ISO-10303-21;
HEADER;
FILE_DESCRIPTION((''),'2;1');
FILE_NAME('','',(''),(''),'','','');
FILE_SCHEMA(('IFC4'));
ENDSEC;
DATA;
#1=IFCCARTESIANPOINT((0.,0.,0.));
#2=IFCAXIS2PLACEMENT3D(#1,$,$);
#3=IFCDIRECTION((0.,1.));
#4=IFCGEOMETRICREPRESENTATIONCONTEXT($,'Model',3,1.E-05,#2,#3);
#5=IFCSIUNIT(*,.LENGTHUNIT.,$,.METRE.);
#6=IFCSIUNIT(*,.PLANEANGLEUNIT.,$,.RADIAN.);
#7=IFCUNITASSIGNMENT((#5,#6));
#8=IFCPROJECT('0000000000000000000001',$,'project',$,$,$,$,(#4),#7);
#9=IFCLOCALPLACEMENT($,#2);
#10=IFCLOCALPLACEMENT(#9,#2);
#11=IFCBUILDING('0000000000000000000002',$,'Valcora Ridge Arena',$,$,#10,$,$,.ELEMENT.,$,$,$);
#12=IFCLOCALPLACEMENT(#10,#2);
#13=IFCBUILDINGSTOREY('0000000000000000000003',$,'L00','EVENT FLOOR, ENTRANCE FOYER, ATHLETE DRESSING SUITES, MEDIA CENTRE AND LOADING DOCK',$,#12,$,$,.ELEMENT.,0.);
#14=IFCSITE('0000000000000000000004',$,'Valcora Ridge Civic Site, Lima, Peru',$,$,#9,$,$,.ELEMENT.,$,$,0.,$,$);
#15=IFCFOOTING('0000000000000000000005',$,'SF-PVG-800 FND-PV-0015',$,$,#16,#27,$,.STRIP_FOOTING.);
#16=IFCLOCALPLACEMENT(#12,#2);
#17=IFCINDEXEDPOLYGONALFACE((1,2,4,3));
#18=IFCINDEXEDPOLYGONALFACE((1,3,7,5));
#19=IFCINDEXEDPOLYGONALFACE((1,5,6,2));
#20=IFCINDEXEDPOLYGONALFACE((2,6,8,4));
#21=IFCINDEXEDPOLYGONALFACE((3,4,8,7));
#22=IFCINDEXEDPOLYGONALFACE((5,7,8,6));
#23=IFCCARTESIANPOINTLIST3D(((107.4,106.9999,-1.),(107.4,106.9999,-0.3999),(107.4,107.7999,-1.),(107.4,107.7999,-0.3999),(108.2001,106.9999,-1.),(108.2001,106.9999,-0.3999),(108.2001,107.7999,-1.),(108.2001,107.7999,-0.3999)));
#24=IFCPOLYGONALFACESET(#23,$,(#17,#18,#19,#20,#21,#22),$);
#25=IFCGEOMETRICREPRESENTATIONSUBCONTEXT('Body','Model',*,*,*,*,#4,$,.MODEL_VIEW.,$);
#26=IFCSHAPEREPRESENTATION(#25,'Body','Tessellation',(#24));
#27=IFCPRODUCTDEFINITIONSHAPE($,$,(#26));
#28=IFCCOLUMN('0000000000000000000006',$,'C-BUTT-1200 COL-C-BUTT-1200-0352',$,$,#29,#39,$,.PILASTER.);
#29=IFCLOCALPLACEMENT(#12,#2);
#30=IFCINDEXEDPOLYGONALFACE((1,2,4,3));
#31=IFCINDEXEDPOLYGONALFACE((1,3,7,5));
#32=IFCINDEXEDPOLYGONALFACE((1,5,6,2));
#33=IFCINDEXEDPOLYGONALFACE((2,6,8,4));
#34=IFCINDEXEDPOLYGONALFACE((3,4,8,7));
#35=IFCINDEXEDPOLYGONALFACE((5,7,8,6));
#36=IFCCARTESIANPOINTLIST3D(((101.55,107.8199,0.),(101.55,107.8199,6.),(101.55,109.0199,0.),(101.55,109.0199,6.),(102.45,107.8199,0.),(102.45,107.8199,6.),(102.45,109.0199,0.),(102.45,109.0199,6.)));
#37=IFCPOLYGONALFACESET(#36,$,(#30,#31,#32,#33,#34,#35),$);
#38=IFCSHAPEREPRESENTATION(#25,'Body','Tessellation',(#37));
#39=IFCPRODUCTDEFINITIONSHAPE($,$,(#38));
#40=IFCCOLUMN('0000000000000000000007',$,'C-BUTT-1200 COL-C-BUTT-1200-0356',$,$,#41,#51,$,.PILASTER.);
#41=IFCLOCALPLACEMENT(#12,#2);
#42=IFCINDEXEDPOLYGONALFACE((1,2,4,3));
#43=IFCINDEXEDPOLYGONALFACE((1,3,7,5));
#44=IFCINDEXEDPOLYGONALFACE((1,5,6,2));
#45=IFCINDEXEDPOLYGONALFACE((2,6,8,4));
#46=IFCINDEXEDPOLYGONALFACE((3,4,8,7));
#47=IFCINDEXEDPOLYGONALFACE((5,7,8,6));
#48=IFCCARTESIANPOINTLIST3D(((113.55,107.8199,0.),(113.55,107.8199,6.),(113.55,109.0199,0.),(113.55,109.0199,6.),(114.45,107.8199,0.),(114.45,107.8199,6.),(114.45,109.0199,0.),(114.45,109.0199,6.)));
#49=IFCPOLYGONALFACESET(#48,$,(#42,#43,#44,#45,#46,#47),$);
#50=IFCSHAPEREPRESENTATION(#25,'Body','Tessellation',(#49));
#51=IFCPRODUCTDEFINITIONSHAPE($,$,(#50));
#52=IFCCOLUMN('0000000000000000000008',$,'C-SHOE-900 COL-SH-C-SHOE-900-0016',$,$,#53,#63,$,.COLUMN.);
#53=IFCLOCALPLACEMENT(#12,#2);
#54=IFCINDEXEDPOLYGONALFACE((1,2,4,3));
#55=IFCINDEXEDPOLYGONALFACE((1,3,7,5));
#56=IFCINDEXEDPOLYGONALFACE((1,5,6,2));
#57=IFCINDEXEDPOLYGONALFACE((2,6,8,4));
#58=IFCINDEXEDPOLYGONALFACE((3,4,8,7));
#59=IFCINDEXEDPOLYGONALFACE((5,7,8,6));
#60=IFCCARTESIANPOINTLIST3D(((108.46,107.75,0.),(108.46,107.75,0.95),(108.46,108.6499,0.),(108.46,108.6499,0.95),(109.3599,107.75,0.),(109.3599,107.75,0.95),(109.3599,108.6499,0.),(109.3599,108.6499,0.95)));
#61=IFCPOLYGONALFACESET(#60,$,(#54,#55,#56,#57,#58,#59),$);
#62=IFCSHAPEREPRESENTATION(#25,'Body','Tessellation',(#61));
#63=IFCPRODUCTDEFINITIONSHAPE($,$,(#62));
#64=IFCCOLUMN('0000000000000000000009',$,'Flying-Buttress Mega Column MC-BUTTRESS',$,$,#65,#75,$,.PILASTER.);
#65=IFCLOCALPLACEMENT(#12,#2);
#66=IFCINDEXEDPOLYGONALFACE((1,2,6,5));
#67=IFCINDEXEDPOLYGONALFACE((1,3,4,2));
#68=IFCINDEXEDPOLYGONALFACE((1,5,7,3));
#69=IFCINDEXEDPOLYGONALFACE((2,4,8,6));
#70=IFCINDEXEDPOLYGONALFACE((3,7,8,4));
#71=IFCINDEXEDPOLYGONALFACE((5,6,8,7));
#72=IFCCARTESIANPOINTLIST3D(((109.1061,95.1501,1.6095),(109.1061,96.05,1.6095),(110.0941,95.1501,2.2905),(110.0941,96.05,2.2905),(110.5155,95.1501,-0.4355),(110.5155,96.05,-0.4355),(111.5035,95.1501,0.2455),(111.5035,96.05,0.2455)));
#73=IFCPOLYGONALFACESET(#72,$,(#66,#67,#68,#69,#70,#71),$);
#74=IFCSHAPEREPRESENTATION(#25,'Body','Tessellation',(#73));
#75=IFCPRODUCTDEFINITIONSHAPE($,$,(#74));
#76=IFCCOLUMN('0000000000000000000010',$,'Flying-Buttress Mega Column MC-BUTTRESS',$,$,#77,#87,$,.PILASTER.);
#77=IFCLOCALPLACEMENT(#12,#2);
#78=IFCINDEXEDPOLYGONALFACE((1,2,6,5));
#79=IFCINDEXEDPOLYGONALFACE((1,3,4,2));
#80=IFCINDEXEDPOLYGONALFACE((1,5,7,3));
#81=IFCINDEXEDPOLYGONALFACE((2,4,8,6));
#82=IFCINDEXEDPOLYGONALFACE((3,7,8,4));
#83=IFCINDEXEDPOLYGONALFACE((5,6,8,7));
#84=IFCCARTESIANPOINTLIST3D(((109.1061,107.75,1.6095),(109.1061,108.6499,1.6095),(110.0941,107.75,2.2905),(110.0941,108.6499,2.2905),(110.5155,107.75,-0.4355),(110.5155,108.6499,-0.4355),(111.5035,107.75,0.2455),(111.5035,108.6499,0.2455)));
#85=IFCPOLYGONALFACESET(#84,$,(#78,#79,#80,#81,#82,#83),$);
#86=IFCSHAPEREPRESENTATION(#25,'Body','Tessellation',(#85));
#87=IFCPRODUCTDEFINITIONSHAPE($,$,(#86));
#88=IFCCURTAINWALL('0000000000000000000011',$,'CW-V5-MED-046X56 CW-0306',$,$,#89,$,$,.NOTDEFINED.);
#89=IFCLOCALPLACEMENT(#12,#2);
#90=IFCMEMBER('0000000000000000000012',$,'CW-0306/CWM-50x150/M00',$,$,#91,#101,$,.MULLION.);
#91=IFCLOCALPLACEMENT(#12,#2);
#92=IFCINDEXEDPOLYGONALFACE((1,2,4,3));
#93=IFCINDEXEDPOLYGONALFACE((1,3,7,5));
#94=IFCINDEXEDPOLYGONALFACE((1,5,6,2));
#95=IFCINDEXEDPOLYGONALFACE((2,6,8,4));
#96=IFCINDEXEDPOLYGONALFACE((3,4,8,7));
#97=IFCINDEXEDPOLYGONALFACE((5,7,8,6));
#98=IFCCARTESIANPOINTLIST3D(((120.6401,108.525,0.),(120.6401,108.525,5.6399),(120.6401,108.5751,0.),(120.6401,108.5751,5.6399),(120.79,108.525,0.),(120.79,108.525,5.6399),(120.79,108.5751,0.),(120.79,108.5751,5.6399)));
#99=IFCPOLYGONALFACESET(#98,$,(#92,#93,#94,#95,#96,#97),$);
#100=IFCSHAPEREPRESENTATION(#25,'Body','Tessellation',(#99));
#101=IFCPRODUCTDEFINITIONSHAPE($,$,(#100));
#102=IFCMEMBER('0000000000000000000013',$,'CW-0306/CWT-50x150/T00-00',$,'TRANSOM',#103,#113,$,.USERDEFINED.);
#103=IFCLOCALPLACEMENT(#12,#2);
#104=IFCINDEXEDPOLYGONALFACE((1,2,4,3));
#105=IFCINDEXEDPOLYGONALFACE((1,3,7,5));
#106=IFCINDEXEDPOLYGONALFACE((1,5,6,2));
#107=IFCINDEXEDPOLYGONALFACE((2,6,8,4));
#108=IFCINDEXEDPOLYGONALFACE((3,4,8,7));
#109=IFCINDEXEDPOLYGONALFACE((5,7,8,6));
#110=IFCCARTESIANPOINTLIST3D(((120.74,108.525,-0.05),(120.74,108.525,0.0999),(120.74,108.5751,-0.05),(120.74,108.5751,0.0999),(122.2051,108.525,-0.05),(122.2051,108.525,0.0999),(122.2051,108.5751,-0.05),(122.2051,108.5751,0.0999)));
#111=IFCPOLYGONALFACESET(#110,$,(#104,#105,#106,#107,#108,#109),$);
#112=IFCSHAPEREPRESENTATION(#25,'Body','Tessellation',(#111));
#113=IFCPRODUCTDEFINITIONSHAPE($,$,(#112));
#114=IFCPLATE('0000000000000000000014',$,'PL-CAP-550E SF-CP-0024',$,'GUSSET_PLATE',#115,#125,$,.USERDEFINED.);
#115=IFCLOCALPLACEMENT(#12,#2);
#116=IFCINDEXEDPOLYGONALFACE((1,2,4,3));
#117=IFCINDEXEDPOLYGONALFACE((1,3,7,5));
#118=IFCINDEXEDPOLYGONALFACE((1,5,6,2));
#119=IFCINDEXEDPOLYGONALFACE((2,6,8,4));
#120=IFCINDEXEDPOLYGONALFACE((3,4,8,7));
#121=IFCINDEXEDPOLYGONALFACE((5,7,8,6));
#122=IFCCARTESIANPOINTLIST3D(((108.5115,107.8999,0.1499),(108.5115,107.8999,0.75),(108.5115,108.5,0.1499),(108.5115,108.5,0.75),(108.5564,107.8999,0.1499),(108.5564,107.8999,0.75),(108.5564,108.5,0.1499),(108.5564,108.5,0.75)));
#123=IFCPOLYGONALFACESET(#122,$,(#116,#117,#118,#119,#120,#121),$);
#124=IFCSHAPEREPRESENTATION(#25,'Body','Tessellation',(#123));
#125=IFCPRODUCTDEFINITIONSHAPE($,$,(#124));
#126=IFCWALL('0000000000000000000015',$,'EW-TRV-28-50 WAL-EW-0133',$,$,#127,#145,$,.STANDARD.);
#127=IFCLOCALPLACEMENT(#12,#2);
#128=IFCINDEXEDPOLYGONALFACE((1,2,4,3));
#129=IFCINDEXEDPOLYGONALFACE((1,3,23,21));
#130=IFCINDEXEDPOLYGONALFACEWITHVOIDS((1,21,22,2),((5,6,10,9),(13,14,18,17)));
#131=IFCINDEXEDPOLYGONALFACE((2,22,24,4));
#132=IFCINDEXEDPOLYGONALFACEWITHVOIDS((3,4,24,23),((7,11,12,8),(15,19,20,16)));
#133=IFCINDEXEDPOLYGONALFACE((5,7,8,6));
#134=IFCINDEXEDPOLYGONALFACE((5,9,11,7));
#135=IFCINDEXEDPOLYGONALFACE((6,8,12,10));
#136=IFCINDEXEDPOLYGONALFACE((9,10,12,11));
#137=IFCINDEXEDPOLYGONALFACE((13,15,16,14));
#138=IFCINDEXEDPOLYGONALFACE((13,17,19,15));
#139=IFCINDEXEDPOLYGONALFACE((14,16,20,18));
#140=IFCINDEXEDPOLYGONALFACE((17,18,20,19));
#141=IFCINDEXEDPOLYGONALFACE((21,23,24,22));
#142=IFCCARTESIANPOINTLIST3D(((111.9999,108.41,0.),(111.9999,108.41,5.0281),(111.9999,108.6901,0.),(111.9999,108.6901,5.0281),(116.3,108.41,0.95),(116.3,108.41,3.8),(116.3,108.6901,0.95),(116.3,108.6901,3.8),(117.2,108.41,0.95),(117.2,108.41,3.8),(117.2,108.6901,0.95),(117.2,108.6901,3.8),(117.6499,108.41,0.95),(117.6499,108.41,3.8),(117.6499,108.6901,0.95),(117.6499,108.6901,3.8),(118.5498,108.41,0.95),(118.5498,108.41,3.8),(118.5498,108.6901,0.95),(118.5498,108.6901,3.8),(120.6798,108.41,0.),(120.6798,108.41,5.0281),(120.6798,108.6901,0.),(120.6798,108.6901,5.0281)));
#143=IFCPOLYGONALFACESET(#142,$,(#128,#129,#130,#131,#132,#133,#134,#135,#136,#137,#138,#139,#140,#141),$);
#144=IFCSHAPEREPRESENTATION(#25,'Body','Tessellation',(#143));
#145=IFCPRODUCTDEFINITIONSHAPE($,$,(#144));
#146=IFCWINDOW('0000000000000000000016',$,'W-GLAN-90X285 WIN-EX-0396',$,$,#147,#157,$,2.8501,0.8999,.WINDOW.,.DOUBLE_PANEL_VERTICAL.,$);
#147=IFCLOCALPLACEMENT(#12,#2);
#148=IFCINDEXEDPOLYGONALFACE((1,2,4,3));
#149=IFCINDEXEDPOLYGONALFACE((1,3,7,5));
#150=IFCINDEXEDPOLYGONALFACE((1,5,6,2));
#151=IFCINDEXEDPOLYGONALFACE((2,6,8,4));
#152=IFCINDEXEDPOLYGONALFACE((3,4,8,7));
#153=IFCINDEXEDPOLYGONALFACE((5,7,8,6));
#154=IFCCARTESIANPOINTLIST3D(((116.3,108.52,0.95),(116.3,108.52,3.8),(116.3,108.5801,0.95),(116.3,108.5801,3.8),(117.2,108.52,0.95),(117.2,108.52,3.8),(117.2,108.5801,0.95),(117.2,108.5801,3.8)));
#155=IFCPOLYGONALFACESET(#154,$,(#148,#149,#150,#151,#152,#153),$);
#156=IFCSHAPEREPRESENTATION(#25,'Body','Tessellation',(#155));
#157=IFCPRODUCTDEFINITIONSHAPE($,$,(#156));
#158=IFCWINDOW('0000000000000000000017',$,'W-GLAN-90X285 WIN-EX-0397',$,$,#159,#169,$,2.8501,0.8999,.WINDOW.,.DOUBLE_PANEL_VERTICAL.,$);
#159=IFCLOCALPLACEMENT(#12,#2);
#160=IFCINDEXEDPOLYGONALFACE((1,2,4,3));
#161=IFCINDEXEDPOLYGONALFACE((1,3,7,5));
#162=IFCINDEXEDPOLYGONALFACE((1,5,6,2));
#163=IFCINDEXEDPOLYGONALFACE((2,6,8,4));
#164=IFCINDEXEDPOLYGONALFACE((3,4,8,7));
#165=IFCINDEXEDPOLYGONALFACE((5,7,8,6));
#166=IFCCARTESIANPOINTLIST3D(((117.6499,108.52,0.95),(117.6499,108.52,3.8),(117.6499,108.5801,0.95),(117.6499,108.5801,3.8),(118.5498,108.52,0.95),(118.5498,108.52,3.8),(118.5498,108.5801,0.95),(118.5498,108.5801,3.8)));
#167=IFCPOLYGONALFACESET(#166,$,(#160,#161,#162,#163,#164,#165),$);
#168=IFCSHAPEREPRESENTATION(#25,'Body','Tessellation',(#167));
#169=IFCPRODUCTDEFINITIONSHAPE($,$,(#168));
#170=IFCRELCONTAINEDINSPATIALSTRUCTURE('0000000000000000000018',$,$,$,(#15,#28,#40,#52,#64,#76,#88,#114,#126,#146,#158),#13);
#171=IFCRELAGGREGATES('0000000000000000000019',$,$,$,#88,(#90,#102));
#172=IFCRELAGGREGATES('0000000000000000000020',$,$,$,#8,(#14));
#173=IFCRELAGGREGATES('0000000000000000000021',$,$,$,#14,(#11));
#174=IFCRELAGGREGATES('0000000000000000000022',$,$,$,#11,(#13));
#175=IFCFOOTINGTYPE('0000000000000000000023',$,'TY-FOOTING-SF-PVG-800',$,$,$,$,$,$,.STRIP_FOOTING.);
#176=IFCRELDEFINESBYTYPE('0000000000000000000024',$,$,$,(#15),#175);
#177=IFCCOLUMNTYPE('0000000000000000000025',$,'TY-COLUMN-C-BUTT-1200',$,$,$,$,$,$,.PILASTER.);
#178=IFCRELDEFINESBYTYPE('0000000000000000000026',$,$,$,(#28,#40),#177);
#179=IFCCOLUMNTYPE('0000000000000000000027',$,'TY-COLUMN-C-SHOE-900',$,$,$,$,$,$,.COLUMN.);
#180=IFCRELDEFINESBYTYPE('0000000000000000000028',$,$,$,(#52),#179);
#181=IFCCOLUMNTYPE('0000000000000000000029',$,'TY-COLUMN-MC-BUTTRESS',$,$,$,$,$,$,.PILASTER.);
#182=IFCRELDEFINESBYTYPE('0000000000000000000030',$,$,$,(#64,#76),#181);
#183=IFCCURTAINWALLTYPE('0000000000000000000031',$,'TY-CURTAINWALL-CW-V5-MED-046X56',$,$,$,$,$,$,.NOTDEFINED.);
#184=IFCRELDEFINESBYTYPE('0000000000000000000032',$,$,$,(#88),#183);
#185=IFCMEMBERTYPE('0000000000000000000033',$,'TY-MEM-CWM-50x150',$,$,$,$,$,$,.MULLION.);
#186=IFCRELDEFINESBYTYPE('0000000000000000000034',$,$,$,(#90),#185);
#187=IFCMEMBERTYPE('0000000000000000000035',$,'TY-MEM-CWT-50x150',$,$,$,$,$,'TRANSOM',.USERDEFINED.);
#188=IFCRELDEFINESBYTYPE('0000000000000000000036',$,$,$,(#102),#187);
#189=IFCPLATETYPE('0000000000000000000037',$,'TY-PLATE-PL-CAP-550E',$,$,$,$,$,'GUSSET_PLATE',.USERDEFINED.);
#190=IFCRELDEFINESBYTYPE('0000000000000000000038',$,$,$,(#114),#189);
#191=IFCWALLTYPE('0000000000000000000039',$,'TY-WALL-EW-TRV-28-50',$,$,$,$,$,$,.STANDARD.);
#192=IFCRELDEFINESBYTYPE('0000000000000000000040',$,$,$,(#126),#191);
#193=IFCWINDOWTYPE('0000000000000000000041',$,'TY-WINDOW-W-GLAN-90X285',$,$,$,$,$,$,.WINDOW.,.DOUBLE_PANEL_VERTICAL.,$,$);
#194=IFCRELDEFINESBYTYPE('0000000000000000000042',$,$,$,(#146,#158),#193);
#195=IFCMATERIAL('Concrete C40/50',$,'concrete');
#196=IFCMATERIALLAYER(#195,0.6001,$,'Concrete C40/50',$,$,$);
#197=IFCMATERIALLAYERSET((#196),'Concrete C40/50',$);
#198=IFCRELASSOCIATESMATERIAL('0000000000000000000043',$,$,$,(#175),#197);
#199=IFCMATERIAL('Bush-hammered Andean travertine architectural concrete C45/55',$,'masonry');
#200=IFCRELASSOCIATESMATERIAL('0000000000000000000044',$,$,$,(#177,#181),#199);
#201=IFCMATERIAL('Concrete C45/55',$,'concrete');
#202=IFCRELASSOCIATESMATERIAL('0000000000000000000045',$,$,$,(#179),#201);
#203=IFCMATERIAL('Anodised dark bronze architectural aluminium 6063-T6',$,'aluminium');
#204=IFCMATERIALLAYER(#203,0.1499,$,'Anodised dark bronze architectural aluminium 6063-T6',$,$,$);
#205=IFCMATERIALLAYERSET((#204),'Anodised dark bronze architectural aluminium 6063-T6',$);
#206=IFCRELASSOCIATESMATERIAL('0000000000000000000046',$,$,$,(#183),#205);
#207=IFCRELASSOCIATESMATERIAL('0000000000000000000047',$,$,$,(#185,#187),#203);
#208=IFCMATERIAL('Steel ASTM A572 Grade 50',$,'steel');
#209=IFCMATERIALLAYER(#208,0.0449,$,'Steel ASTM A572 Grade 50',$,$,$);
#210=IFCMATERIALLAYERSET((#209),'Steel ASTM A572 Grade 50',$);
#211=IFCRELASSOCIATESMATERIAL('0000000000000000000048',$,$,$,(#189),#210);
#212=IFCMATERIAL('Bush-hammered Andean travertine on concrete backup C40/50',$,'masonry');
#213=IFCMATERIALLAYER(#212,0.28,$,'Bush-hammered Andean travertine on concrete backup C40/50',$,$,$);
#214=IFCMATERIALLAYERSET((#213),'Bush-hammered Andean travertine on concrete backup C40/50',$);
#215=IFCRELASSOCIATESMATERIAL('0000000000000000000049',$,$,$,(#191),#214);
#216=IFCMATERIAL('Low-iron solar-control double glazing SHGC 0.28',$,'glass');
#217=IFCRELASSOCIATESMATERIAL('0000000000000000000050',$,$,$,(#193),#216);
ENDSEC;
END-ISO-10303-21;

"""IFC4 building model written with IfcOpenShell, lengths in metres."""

from ifc_helpers import new_model, si_unit, direction, frame, frame_2d, origin, origin_2d, place, context, subcontext, project, spatial, rectangle, extrude, material, layer, layer_set, material_profile, profile_set, type_object, element, fill, aggregate, save


model = new_model("IFC4")

# Units and contexts
model_context = context("Model", 3, precision=1e-05, world=origin(), true_north=direction((0.0, 1.0)))
body_context = subcontext(model_context, "Body", "Model", "MODEL_VIEW")
ifc_project = project(units=[si_unit("LENGTHUNIT", "METRE"), si_unit("PLANEANGLEUNIT", "RADIAN")], contexts=[model_context])

# Site, building, storey
site_placement = place(None, origin())
site = spatial("IfcSite", under=ifc_project, at=site_placement, Name="Valcora Ridge Civic Site, Lima, Peru", CompositionType="ELEMENT", RefElevation=0.0)
building_placement = place(site_placement, origin())
building = spatial("IfcBuilding", under=site, at=building_placement, Name="Valcora Ridge Arena", CompositionType="ELEMENT")
storey_placement = place(building_placement, origin())
storey = spatial("IfcBuildingStorey", under=building, at=storey_placement, Name="L00", Description="EVENT FLOOR, ENTRANCE FOYER, ATHLETE DRESSING SUITES, MEDIA CENTRE AND LOADING DOCK", CompositionType="ELEMENT", Elevation=0.0)

# Footing
ifc_material_1 = material(Name="Concrete C40/50", Category="concrete")
ifc_layer_1 = layer(ifc_material_1, 0.6001, Name="Concrete C40/50")
ifc_layer_set_1 = layer_set([ifc_layer_1], Name="Concrete C40/50")
footing_type = type_object("IfcFootingType", Name="TY-FOOTING-SF-PVG-800", PredefinedType="STRIP_FOOTING", material=ifc_layer_set_1)
footing_placement = place(storey_placement, frame((107.8, 107.3999, -1.0), z_axis=(0.0, 0.0, 1.0), x_axis=(1.0, 0.0, 0.0)))
element("IfcFooting", 1, at=footing_placement, inside=storey, type_object=footing_type, Name="SF-PVG-800 FND-PV-0015", PredefinedType="STRIP_FOOTING", context=body_context, shape_type="SweptSolid", body=[
    extrude(rectangle(XDim=0.8, YDim=0.8, at=origin_2d()), origin(), (0.0, 0.0, 1.0), 0.6001),
])

# Columns
ifc_material_2 = material(Name="Bush-hammered Andean travertine architectural concrete C45/55", Category="masonry")
ifc_material_profile_1 = material_profile(ifc_material_2, rectangle(XDim=0.8999, YDim=1.2, at=origin_2d()), Name="RC 900x1200")
ifc_profile_set_1 = profile_set([ifc_material_profile_1], Name="Bush-hammered Andean travertine architectural concrete C45/55")
column_type_1 = type_object("IfcColumnType", Name="TY-COLUMN-C-BUTT-1200", PredefinedType="PILASTER", material=ifc_profile_set_1)
for number, where, z_axis, x_axis, name in (
    (2, (102.0, 108.4199, 0.0), (0.0, 0.0, 1.0), (1.0, 0.0, 0.0), "C-BUTT-1200 COL-C-BUTT-1200-0352"),
    (3, (114.0, 108.4199, 0.0), (0.0, 0.0, 1.0), (1.0, 0.0, 0.0), "C-BUTT-1200 COL-C-BUTT-1200-0356"),
):
    element("IfcColumn", number, at=place(storey_placement, frame(where, z_axis=z_axis, x_axis=x_axis)), inside=storey, type_object=column_type_1, Name=name, PredefinedType="PILASTER", context=body_context, shape_type="SweptSolid", body=[
        extrude(rectangle(XDim=0.8999, YDim=1.2, at=origin_2d()), origin(), (0.0, 0.0, 1.0), 6.0),
    ])
ifc_material_3 = material(Name="Concrete C45/55", Category="concrete")
ifc_material_profile_2 = material_profile(ifc_material_3, rectangle(XDim=0.8999, YDim=0.8999, at=origin_2d()), Name="RC 900x900")
ifc_profile_set_2 = profile_set([ifc_material_profile_2], Name="Concrete C45/55")
column_type_2 = type_object("IfcColumnType", Name="TY-COLUMN-C-SHOE-900", PredefinedType="COLUMN", material=ifc_profile_set_2)
column_placement = place(storey_placement, frame((108.9099, 108.2, 0.0), z_axis=(0.0, 0.0, 1.0), x_axis=(1.0, 0.0, 0.0)))
element("IfcColumn", 4, at=column_placement, inside=storey, type_object=column_type_2, Name="C-SHOE-900 COL-SH-C-SHOE-900-0016", PredefinedType="COLUMN", context=body_context, shape_type="SweptSolid", body=[
    extrude(rectangle(XDim=0.8999, YDim=0.8999, at=origin_2d()), origin(), (0.0, 0.0, 1.0), 0.95),
])
ifc_material_profile_3 = material_profile(ifc_material_2, rectangle(XDim=0.8999, YDim=1.2, at=origin_2d()), Name="RC 900x1200")
ifc_profile_set_3 = profile_set([ifc_material_profile_3], Name="Bush-hammered Andean travertine architectural concrete C45/55")
column_type_3 = type_object("IfcColumnType", Name="TY-COLUMN-MC-BUTTRESS", PredefinedType="PILASTER", material=ifc_profile_set_3)
for number, where, z_axis, x_axis, name in (
    (5, (111.0095, 95.6001, -0.095), (-0.567496, 0.0, 0.823376), (0.0, -1.0, 0.0), "Flying-Buttress Mega Column MC-BUTTRESS"),
    (6, (111.0095, 108.2, -0.095), (-0.567496, 0.0, 0.823376), (0.0, -1.0, 0.0), "Flying-Buttress Mega Column MC-BUTTRESS"),
):
    element("IfcColumn", number, at=place(storey_placement, frame(where, z_axis=z_axis, x_axis=x_axis)), inside=storey, type_object=column_type_3, Name=name, PredefinedType="PILASTER", context=body_context, shape_type="SweptSolid", body=[
        extrude(rectangle(XDim=0.8999, YDim=1.2, at=origin_2d()), origin(), (0.0, 0.0, 1.0), 2.4836),
    ])

# Curtain wall, members
ifc_material_4 = material(Name="Anodised dark bronze architectural aluminium 6063-T6", Category="aluminium")
ifc_layer_2 = layer(ifc_material_4, 0.1499, Name="Anodised dark bronze architectural aluminium 6063-T6")
ifc_layer_set_2 = layer_set([ifc_layer_2], Name="Anodised dark bronze architectural aluminium 6063-T6")
curtain_wall_type = type_object("IfcCurtainWallType", Name="TY-CURTAINWALL-CW-V5-MED-046X56", PredefinedType="NOTDEFINED", material=ifc_layer_set_2)
curtain_wall_placement = place(storey_placement, origin())
curtain_wall = element("IfcCurtainWall", 7, at=curtain_wall_placement, inside=storey, type_object=curtain_wall_type, Name="CW-V5-MED-046X56 CW-0306", PredefinedType="NOTDEFINED")
ifc_material_profile_4 = material_profile(ifc_material_4, rectangle(XDim=0.05, YDim=0.1499, at=origin_2d()), Name="ALU MULLION 50x150")
ifc_profile_set_4 = profile_set([ifc_material_profile_4], Name="Anodised dark bronze architectural aluminium 6063-T6")
member_type_1 = type_object("IfcMemberType", Name="TY-MEM-CWM-50x150", PredefinedType="MULLION", material=ifc_profile_set_4)
member_1_placement = place(storey_placement, frame((120.7151, 108.55, 0.0), z_axis=(0.0, 0.0, 1.0), x_axis=(0.0, 1.0, 0.0)))
member_1 = element("IfcMember", 8, at=member_1_placement, type_object=member_type_1, Name="CW-0306/CWM-50x150/M00", PredefinedType="MULLION", context=body_context, shape_type="SweptSolid", body=[
    extrude(rectangle(XDim=0.05, YDim=0.1499, at=origin_2d()), origin(), (0.0, 0.0, 1.0), 5.6399),
])
ifc_material_profile_5 = material_profile(ifc_material_4, rectangle(XDim=0.05, YDim=0.1499, at=origin_2d()), Name="ALU TRANSOM 50x150")
ifc_profile_set_5 = profile_set([ifc_material_profile_5], Name="Anodised dark bronze architectural aluminium 6063-T6")
member_type_2 = type_object("IfcMemberType", Name="TY-MEM-CWT-50x150", ElementType="TRANSOM", PredefinedType="USERDEFINED", material=ifc_profile_set_5)
member_2_placement = place(storey_placement, frame((120.74, 108.55, 0.0249), z_axis=(1.0, 0.0, 0.0), x_axis=(0.0, 1.0, 0.0)))
member_2 = element("IfcMember", 9, at=member_2_placement, type_object=member_type_2, Name="CW-0306/CWT-50x150/T00-00", ObjectType="TRANSOM", PredefinedType="USERDEFINED", context=body_context, shape_type="SweptSolid", body=[
    extrude(rectangle(XDim=0.05, YDim=0.1499, at=origin_2d()), origin(), (0.0, 0.0, 1.0), 1.4651),
])
aggregate(curtain_wall, [member_1, member_2])

# Plate
ifc_material_5 = material(Name="Steel ASTM A572 Grade 50", Category="steel")
ifc_layer_3 = layer(ifc_material_5, 0.0449, Name="Steel ASTM A572 Grade 50")
ifc_layer_set_3 = layer_set([ifc_layer_3], Name="Steel ASTM A572 Grade 50")
plate_type = type_object("IfcPlateType", Name="TY-PLATE-PL-CAP-550E", ElementType="GUSSET_PLATE", PredefinedType="USERDEFINED", material=ifc_layer_set_3)
plate_placement = place(storey_placement, frame((108.5339, 108.2, 0.1499), z_axis=(0.0, 0.0, 1.0), x_axis=(1.0, 0.0, 0.0)))
element("IfcPlate", 10, at=plate_placement, inside=storey, type_object=plate_type, Name="PL-CAP-550E SF-CP-0024", ObjectType="GUSSET_PLATE", PredefinedType="USERDEFINED", context=body_context, shape_type="SweptSolid", body=[
    extrude(rectangle(XDim=0.0449, YDim=0.6001, at=origin_2d()), origin(), (0.0, 0.0, 1.0), 0.6001),
])

# Wall, openings, windows
ifc_material_6 = material(Name="Bush-hammered Andean travertine on concrete backup C40/50", Category="masonry")
ifc_layer_4 = layer(ifc_material_6, 0.28, Name="Bush-hammered Andean travertine on concrete backup C40/50")
ifc_layer_set_4 = layer_set([ifc_layer_4], Name="Bush-hammered Andean travertine on concrete backup C40/50")
wall_type = type_object("IfcWallType", Name="TY-WALL-EW-TRV-28-50", PredefinedType="STANDARD", material=ifc_layer_set_4)
wall_placement = place(storey_placement, frame((112.0, 108.55, 0.0), z_axis=(0.0, 0.0, 1.0), x_axis=(1.0, 0.0, 0.0)))
wall = element("IfcWall", 11, at=wall_placement, inside=storey, type_object=wall_type, Name="EW-TRV-28-50 WAL-EW-0133", PredefinedType="STANDARD", context=body_context, shape_type="SweptSolid", body=[
    extrude(rectangle(XDim=8.6799, YDim=0.28, at=frame_2d((4.3398, 0.0))), origin(), (0.0, 0.0, 1.0), 5.0281),
])
opening_1_placement = place(wall_placement, frame((4.3, 0.0, 0.95)))
opening_1 = element("IfcOpeningElement", 12, at=opening_1_placement, cuts=wall, PredefinedType="OPENING", context=body_context, shape_type="SweptSolid", body=[
    extrude(rectangle(XDim=0.8999, YDim=2.8501, at=frame_2d((0.45, 1.425))), frame((0.0, 0.1499, 0.0), z_axis=(0.0, -1.0, 0.0), x_axis=(1.0, 0.0, 0.0)), (0.0, 0.0, 1.0), 0.3),
])
opening_2_placement = place(wall_placement, frame((5.6499, 0.0, 0.95)))
opening_2 = element("IfcOpeningElement", 13, at=opening_2_placement, cuts=wall, PredefinedType="OPENING", context=body_context, shape_type="SweptSolid", body=[
    extrude(rectangle(XDim=0.8999, YDim=2.8501, at=frame_2d((0.45, 1.425))), frame((0.0, 0.1499, 0.0), z_axis=(0.0, -1.0, 0.0), x_axis=(1.0, 0.0, 0.0)), (0.0, 0.0, 1.0), 0.3),
])
ifc_material_7 = material(Name="Low-iron solar-control double glazing SHGC 0.28", Category="glass")
window_type = type_object("IfcWindowType", Name="TY-WINDOW-W-GLAN-90X285", PartitioningType="DOUBLE_PANEL_VERTICAL", PredefinedType="WINDOW", material=ifc_material_7)
window_1_placement = place(opening_1_placement, origin())
window_1 = element("IfcWindow", 14, at=window_1_placement, inside=storey, type_object=window_type, Name="W-GLAN-90X285 WIN-EX-0396", OverallHeight=2.8501, OverallWidth=0.8999, PartitioningType="DOUBLE_PANEL_VERTICAL", PredefinedType="WINDOW", context=body_context, shape_type="SweptSolid", body=[
    extrude(rectangle(XDim=0.8999, YDim=2.8501, at=frame_2d((0.45, 1.425))), frame((0.0, 0.03, 0.0), z_axis=(0.0, -1.0, 0.0), x_axis=(1.0, 0.0, 0.0)), (0.0, 0.0, 1.0), 0.0601),
])
fill(opening_1, window_1)
window_2_placement = place(opening_2_placement, origin())
window_2 = element("IfcWindow", 15, at=window_2_placement, inside=storey, type_object=window_type, Name="W-GLAN-90X285 WIN-EX-0397", OverallHeight=2.8501, OverallWidth=0.8999, PartitioningType="DOUBLE_PANEL_VERTICAL", PredefinedType="WINDOW", context=body_context, shape_type="SweptSolid", body=[
    extrude(rectangle(XDim=0.8999, YDim=2.8501, at=frame_2d((0.45, 1.425))), frame((0.0, 0.03, 0.0), z_axis=(0.0, -1.0, 0.0), x_axis=(1.0, 0.0, 0.0)), (0.0, 0.0, 1.0), 0.0601),
])
fill(opening_2, window_2)

save(model, "model.ifc")
